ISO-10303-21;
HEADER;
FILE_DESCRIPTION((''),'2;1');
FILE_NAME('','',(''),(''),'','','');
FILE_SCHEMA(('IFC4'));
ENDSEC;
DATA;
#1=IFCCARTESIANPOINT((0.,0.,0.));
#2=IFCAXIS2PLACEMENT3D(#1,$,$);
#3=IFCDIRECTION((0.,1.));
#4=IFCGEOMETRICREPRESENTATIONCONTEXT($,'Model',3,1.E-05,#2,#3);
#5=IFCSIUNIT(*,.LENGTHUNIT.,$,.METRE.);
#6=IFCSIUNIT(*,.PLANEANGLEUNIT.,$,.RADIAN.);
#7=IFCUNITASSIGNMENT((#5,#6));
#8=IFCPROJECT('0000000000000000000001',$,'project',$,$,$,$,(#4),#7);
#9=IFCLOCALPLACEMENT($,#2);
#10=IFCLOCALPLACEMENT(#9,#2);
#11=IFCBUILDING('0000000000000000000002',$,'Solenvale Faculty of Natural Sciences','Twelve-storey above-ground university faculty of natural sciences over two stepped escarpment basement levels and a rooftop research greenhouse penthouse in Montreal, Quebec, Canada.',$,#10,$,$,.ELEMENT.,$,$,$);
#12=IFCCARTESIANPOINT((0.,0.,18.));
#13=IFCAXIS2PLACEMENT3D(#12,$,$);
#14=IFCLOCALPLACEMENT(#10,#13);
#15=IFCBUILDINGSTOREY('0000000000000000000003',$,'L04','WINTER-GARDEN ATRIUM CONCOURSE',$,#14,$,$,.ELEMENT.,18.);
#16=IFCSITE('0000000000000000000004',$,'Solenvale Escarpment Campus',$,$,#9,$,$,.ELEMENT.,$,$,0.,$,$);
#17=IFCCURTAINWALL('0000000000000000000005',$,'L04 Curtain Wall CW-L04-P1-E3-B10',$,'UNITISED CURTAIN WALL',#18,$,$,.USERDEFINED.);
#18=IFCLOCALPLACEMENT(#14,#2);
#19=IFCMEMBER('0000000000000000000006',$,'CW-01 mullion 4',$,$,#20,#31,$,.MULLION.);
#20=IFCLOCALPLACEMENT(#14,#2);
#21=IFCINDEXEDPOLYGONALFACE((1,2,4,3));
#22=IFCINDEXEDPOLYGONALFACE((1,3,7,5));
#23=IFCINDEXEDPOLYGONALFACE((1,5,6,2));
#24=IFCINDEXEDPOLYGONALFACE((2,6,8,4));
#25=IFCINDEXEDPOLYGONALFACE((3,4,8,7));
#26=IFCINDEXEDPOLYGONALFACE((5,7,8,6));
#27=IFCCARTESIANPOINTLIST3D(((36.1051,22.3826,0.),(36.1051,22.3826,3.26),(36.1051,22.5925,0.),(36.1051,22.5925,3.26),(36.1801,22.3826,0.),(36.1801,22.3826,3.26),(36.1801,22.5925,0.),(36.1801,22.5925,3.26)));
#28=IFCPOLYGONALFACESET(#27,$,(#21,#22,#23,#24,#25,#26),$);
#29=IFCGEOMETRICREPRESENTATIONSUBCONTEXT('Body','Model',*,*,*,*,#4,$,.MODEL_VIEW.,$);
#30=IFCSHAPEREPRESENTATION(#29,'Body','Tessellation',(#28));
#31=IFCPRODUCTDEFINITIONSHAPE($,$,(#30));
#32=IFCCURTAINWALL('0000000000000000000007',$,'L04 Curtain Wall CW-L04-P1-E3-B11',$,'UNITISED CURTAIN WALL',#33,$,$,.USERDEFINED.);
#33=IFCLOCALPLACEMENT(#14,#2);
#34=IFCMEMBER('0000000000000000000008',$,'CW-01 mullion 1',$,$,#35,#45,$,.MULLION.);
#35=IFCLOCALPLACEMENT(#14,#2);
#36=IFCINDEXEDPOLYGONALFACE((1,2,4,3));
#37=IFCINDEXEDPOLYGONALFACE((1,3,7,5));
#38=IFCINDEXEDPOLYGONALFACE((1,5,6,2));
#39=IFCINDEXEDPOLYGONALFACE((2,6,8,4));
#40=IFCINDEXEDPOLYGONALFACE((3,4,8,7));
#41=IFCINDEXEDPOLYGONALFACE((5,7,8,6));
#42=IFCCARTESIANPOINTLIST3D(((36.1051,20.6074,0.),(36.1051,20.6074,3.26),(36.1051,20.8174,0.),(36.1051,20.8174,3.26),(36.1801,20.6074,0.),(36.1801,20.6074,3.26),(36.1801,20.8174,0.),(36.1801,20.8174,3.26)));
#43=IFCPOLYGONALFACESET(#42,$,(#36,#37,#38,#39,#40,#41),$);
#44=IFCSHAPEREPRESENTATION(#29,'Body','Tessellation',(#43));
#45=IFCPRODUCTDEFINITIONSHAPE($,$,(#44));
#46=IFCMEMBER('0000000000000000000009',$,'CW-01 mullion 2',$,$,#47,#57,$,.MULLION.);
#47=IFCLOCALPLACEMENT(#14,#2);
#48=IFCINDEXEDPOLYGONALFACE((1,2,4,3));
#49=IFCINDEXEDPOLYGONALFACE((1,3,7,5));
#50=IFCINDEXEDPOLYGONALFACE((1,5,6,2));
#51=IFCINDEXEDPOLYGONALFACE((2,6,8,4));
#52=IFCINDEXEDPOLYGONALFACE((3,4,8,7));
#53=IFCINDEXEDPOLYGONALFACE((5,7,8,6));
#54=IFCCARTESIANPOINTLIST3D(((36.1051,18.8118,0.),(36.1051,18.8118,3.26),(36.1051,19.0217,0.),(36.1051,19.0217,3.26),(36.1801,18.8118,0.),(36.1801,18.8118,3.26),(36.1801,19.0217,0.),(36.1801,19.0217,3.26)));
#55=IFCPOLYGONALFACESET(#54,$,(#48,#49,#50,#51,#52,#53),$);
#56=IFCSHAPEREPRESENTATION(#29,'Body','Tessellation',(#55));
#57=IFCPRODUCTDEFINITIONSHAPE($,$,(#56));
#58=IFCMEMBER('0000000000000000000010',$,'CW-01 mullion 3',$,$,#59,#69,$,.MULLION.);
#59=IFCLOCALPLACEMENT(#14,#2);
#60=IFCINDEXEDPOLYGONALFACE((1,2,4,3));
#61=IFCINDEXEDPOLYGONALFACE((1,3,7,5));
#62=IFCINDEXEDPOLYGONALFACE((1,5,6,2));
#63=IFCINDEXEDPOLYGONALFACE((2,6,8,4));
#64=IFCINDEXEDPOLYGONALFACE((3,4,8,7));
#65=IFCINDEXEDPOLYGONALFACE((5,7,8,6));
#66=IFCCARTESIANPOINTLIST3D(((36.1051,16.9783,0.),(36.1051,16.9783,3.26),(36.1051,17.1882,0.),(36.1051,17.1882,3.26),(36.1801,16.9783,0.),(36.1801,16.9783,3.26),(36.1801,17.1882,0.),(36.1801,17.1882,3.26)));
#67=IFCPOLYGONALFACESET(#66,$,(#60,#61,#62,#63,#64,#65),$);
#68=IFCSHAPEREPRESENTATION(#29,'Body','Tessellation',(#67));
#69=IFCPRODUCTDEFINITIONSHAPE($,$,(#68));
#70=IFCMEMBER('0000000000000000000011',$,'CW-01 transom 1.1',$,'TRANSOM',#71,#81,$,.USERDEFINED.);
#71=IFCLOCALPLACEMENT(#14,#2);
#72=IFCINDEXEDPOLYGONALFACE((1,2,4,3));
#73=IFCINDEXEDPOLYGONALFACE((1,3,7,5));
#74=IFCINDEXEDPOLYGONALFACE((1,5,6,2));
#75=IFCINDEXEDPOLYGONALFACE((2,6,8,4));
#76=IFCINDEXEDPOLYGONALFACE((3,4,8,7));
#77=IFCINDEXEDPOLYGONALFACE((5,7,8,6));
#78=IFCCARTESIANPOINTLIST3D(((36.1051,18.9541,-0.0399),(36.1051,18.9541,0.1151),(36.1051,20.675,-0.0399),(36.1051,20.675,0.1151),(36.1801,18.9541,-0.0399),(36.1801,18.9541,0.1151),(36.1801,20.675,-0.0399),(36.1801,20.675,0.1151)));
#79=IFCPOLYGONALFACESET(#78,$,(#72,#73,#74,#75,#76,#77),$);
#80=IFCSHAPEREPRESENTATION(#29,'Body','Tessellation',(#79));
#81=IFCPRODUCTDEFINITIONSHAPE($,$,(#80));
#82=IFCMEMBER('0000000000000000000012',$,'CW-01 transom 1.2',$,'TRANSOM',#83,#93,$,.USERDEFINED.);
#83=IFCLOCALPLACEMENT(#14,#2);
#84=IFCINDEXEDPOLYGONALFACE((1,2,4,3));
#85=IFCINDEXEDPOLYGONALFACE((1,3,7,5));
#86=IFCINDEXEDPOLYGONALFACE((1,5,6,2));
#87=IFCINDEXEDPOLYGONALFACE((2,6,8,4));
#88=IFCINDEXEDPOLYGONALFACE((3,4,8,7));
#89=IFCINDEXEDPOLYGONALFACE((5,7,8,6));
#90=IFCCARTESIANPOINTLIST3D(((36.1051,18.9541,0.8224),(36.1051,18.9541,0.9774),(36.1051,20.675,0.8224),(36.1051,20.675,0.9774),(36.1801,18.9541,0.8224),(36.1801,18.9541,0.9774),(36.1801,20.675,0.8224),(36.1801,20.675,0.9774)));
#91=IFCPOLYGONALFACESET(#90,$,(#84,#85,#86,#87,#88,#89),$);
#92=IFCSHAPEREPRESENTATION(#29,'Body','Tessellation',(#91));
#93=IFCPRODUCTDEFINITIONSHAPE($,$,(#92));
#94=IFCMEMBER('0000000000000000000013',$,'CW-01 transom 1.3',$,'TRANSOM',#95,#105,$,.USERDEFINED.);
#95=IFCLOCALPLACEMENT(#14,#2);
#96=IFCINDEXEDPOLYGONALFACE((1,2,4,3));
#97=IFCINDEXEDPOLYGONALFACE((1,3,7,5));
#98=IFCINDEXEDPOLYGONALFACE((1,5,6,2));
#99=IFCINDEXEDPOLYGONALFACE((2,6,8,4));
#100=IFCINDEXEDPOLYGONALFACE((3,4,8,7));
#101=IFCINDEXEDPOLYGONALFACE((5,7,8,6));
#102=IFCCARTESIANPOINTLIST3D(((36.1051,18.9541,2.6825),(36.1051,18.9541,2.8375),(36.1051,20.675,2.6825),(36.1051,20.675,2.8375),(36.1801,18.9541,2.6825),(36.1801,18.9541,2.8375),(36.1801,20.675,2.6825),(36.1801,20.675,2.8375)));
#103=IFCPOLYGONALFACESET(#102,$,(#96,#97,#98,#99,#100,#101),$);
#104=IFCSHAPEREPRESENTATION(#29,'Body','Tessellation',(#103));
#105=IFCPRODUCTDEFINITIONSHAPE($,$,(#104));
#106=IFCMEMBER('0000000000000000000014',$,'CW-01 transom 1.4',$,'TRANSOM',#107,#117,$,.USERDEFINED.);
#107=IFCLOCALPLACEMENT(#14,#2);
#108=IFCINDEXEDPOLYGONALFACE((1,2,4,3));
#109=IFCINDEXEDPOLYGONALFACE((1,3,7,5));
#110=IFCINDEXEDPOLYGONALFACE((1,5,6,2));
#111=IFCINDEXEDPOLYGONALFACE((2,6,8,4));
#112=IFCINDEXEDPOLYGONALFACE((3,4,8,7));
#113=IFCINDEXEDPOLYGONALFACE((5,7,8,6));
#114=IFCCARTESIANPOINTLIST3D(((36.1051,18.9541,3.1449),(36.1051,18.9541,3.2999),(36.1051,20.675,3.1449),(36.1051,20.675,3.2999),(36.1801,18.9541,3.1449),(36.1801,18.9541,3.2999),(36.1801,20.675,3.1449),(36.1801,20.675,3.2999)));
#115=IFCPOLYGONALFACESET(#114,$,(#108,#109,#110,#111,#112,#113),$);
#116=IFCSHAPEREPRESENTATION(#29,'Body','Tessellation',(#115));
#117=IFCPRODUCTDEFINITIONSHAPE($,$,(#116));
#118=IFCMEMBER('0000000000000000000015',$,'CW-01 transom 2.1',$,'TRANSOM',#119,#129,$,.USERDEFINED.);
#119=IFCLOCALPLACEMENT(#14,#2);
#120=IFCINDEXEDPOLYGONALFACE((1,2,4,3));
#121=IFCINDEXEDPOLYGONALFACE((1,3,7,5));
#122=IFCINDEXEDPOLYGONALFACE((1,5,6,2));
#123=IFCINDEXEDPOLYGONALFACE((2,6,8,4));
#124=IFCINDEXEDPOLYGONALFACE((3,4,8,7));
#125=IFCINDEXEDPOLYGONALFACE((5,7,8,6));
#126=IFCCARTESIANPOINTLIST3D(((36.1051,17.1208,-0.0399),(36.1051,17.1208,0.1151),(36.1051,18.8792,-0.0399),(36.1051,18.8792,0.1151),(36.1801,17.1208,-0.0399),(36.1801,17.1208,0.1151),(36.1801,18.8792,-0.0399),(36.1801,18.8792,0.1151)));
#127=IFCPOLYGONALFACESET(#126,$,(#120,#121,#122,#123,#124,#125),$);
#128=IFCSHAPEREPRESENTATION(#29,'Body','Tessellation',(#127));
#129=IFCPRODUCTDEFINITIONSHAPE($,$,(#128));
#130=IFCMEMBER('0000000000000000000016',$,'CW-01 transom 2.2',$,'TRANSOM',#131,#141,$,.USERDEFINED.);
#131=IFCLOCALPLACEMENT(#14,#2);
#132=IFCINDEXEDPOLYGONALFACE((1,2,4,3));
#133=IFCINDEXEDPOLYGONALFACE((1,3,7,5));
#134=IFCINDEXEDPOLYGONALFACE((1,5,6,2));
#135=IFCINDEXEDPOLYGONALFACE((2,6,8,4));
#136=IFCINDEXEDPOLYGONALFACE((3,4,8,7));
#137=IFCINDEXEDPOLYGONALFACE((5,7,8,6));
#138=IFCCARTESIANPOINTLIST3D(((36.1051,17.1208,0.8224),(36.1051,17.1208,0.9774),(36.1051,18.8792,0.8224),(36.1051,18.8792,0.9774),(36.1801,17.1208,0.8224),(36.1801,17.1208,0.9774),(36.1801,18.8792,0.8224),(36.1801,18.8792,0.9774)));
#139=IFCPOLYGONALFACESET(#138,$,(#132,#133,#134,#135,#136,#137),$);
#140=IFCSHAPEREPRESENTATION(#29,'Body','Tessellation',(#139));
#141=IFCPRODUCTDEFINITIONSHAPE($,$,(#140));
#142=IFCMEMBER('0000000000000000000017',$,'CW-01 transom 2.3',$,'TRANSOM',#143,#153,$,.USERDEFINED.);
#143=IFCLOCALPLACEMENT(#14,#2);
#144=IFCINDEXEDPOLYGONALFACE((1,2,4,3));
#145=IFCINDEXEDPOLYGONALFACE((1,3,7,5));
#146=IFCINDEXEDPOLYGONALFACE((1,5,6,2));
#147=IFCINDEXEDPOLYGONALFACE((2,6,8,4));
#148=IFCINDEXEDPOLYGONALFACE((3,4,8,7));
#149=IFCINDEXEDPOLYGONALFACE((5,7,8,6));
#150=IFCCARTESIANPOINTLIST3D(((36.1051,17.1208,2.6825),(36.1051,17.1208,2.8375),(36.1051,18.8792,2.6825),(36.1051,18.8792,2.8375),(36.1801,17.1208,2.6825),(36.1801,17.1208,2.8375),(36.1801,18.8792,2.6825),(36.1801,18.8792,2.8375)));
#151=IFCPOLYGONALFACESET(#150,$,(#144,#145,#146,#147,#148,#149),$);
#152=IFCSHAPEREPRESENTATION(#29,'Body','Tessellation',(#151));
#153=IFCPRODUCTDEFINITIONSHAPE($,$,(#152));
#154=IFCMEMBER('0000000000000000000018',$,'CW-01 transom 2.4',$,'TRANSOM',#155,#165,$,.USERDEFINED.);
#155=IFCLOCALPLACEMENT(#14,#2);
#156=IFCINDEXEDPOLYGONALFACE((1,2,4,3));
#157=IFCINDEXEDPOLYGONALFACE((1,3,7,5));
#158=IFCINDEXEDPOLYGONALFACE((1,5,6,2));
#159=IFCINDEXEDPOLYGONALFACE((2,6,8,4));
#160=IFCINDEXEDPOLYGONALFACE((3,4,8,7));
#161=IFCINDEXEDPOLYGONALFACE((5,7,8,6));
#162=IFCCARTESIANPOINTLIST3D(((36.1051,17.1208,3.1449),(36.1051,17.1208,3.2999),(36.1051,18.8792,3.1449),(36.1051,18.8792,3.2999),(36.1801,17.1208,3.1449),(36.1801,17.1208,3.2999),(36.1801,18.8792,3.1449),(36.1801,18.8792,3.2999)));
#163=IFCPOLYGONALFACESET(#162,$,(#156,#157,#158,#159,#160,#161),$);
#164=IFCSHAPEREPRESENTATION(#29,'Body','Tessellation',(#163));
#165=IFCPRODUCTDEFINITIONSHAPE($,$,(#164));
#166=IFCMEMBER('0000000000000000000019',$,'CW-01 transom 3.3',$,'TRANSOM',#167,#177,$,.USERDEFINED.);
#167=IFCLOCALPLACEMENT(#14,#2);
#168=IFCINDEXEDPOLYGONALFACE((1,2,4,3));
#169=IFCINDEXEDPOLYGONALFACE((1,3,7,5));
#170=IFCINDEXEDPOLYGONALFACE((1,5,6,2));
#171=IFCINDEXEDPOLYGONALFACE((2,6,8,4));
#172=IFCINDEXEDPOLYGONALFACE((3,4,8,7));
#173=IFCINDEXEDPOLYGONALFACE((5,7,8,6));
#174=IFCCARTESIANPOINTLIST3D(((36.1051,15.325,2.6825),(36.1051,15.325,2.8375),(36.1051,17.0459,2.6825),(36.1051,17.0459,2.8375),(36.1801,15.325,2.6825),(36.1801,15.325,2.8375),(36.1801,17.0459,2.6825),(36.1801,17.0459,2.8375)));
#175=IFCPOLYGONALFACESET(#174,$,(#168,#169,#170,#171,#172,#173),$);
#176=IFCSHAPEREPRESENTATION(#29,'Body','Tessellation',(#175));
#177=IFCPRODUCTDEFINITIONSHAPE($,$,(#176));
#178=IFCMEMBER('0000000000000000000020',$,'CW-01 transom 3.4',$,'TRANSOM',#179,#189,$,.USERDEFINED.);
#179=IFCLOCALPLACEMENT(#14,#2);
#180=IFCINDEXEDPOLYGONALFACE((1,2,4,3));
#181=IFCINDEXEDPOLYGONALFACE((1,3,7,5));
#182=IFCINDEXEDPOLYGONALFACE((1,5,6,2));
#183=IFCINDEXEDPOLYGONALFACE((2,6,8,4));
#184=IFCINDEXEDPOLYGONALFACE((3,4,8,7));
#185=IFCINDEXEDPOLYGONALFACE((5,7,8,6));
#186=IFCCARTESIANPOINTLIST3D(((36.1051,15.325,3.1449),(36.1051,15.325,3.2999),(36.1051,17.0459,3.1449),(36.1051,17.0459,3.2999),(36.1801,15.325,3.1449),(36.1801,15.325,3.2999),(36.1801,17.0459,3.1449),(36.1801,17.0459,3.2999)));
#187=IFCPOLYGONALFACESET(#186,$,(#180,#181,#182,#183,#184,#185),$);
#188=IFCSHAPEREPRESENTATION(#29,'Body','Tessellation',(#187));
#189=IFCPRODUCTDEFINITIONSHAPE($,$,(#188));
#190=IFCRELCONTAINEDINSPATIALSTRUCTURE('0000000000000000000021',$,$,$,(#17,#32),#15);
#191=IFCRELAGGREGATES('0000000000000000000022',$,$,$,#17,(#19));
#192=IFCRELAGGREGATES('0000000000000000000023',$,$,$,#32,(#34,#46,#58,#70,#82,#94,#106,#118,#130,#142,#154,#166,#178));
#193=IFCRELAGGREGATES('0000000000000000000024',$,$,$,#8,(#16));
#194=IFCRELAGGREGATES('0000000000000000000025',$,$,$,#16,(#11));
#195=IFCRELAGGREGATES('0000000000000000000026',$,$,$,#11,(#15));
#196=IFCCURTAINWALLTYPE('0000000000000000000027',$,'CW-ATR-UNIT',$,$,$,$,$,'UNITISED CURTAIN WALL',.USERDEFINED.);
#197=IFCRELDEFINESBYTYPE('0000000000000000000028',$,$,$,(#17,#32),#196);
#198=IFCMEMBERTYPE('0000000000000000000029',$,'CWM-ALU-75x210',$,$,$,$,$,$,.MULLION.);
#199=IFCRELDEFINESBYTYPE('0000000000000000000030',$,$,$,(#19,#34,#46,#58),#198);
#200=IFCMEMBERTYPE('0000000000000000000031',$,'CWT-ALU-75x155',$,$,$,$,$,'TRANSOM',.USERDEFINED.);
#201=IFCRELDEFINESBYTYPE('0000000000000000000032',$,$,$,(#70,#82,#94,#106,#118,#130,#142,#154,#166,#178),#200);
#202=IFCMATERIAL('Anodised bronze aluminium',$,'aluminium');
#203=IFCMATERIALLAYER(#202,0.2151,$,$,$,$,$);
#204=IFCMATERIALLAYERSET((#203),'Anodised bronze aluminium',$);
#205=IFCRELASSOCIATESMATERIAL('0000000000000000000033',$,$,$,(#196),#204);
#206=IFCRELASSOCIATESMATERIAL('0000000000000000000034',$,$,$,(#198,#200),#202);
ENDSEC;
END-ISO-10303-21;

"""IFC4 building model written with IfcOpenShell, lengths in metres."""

from ifc_helpers import new_model, si_unit, direction, frame, origin, origin_2d, place, context, subcontext, project, spatial, rectangle, extrude, material, layer, layer_set, material_profile, profile_set, type_object, element, aggregate, save


model = new_model("IFC4")

# Units and contexts
model_context = context("Model", 3, precision=1e-05, world=origin(), true_north=direction((0.0, 1.0)))
body_context = subcontext(model_context, "Body", "Model", "MODEL_VIEW")
ifc_project = project(units=[si_unit("LENGTHUNIT", "METRE"), si_unit("PLANEANGLEUNIT", "RADIAN")], contexts=[model_context])

# Site, building, storey
site_placement = place(None, origin())
site = spatial("IfcSite", under=ifc_project, at=site_placement, Name="Solenvale Escarpment Campus", CompositionType="ELEMENT", RefElevation=0.0)
building_placement = place(site_placement, origin())
building = spatial("IfcBuilding", under=site, at=building_placement, Name="Solenvale Faculty of Natural Sciences", Description="Twelve-storey above-ground university faculty of natural sciences over two stepped escarpment basement levels and a rooftop research greenhouse penthouse in Montreal, Quebec, Canada.", CompositionType="ELEMENT")
storey_placement = place(building_placement, frame((0.0, 0.0, 18.0)))
storey = spatial("IfcBuildingStorey", under=building, at=storey_placement, Name="L04", Description="WINTER-GARDEN ATRIUM CONCOURSE", CompositionType="ELEMENT", Elevation=18.0)

# Curtain wall, member
ifc_material_1 = material(Name="Anodised bronze aluminium", Category="aluminium")
ifc_layer_1 = layer(ifc_material_1, 0.2151)
ifc_layer_set_1 = layer_set([ifc_layer_1], Name="Anodised bronze aluminium")
curtain_wall_type = type_object("IfcCurtainWallType", Name="CW-ATR-UNIT", ElementType="UNITISED CURTAIN WALL", PredefinedType="USERDEFINED", material=ifc_layer_set_1)
curtain_wall_1_placement = place(storey_placement, origin())
curtain_wall_1 = element("IfcCurtainWall", 1, at=curtain_wall_1_placement, inside=storey, type_object=curtain_wall_type, Name="L04 Curtain Wall CW-L04-P1-E3-B10", ObjectType="UNITISED CURTAIN WALL", PredefinedType="USERDEFINED")
ifc_material_profile_1 = material_profile(ifc_material_1, rectangle(XDim=0.075, YDim=0.21, at=origin_2d()), Name="ALU-MUL-75x210")
ifc_profile_set_1 = profile_set([ifc_material_profile_1], Name="Anodised bronze aluminium")
member_type_1 = type_object("IfcMemberType", Name="CWM-ALU-75x210", PredefinedType="MULLION", material=ifc_profile_set_1)
member_1_placement = place(storey_placement, frame((36.1426, 22.4875, 0.0), z_axis=(0.0, 0.0, 1.0), x_axis=(1.0, 0.0, 0.0)))
member_1 = element("IfcMember", 2, at=member_1_placement, type_object=member_type_1, Name="CW-01 mullion 4", PredefinedType="MULLION", context=body_context, shape_type="SweptSolid", body=[
    extrude(rectangle(XDim=0.075, YDim=0.21, at=origin_2d()), origin(), (0.0, 0.0, 1.0), 3.26),
])

# Curtain wall, members
curtain_wall_2_placement = place(storey_placement, origin())
curtain_wall_2 = element("IfcCurtainWall", 3, at=curtain_wall_2_placement, inside=storey, type_object=curtain_wall_type, Name="L04 Curtain Wall CW-L04-P1-E3-B11", ObjectType="UNITISED CURTAIN WALL", PredefinedType="USERDEFINED")
member_2_placement = place(storey_placement, frame((36.1426, 20.7124, 0.0), z_axis=(0.0, 0.0, 1.0), x_axis=(1.0, 0.0, 0.0)))
member_2 = element("IfcMember", 4, at=member_2_placement, type_object=member_type_1, Name="CW-01 mullion 1", PredefinedType="MULLION", context=body_context, shape_type="SweptSolid", body=[
    extrude(rectangle(XDim=0.075, YDim=0.21, at=origin_2d()), origin(), (0.0, 0.0, 1.0), 3.26),
])
member_3_placement = place(storey_placement, frame((36.1426, 18.9167, 0.0), z_axis=(0.0, 0.0, 1.0), x_axis=(1.0, 0.0, 0.0)))
member_3 = element("IfcMember", 5, at=member_3_placement, type_object=member_type_1, Name="CW-01 mullion 2", PredefinedType="MULLION", context=body_context, shape_type="SweptSolid", body=[
    extrude(rectangle(XDim=0.075, YDim=0.21, at=origin_2d()), origin(), (0.0, 0.0, 1.0), 3.26),
])
member_4_placement = place(storey_placement, frame((36.1426, 17.0833, 0.0), z_axis=(0.0, 0.0, 1.0), x_axis=(1.0, 0.0, 0.0)))
member_4 = element("IfcMember", 6, at=member_4_placement, type_object=member_type_1, Name="CW-01 mullion 3", PredefinedType="MULLION", context=body_context, shape_type="SweptSolid", body=[
    extrude(rectangle(XDim=0.075, YDim=0.21, at=origin_2d()), origin(), (0.0, 0.0, 1.0), 3.26),
])
ifc_material_profile_2 = material_profile(ifc_material_1, rectangle(XDim=0.075, YDim=0.155, at=origin_2d()), Name="ALU-TRN-75x155")
ifc_profile_set_2 = profile_set([ifc_material_profile_2], Name="Anodised bronze aluminium")
member_type_2 = type_object("IfcMemberType", Name="CWT-ALU-75x155", ElementType="TRANSOM", PredefinedType="USERDEFINED", material=ifc_profile_set_2)
member_5_placement = place(storey_placement, frame((36.1426, 20.675, 0.0376), z_axis=(0.0, -1.0, 0.0), x_axis=(1.0, 0.0, 0.0)))
member_5 = element("IfcMember", 7, at=member_5_placement, type_object=member_type_2, Name="CW-01 transom 1.1", ObjectType="TRANSOM", PredefinedType="USERDEFINED", context=body_context, shape_type="SweptSolid", body=[
    extrude(rectangle(XDim=0.075, YDim=0.155, at=origin_2d()), origin(), (0.0, 0.0, 1.0), 1.7209),
])
member_6_placement = place(storey_placement, frame((36.1426, 20.675, 0.8999), z_axis=(0.0, -1.0, 0.0), x_axis=(1.0, 0.0, 0.0)))
member_6 = element("IfcMember", 8, at=member_6_placement, type_object=member_type_2, Name="CW-01 transom 1.2", ObjectType="TRANSOM", PredefinedType="USERDEFINED", context=body_context, shape_type="SweptSolid", body=[
    extrude(rectangle(XDim=0.075, YDim=0.155, at=origin_2d()), origin(), (0.0, 0.0, 1.0), 1.7209),
])
member_7_placement = place(storey_placement, frame((36.1426, 20.675, 2.76), z_axis=(0.0, -1.0, 0.0), x_axis=(1.0, 0.0, 0.0)))
member_7 = element("IfcMember", 9, at=member_7_placement, type_object=member_type_2, Name="CW-01 transom 1.3", ObjectType="TRANSOM", PredefinedType="USERDEFINED", context=body_context, shape_type="SweptSolid", body=[
    extrude(rectangle(XDim=0.075, YDim=0.155, at=origin_2d()), origin(), (0.0, 0.0, 1.0), 1.7209),
])
member_8_placement = place(storey_placement, frame((36.1426, 20.675, 3.2224), z_axis=(0.0, -1.0, 0.0), x_axis=(1.0, 0.0, 0.0)))
member_8 = element("IfcMember", 10, at=member_8_placement, type_object=member_type_2, Name="CW-01 transom 1.4", ObjectType="TRANSOM", PredefinedType="USERDEFINED", context=body_context, shape_type="SweptSolid", body=[
    extrude(rectangle(XDim=0.075, YDim=0.155, at=origin_2d()), origin(), (0.0, 0.0, 1.0), 1.7209),
])
member_9_placement = place(storey_placement, frame((36.1426, 18.8792, 0.0376), z_axis=(0.0, -1.0, 0.0), x_axis=(1.0, 0.0, 0.0)))
member_9 = element("IfcMember", 11, at=member_9_placement, type_object=member_type_2, Name="CW-01 transom 2.1", ObjectType="TRANSOM", PredefinedType="USERDEFINED", context=body_context, shape_type="SweptSolid", body=[
    extrude(rectangle(XDim=0.075, YDim=0.155, at=origin_2d()), origin(), (0.0, 0.0, 1.0), 1.7583),
])
member_10_placement = place(storey_placement, frame((36.1426, 18.8792, 0.8999), z_axis=(0.0, -1.0, 0.0), x_axis=(1.0, 0.0, 0.0)))
member_10 = element("IfcMember", 12, at=member_10_placement, type_object=member_type_2, Name="CW-01 transom 2.2", ObjectType="TRANSOM", PredefinedType="USERDEFINED", context=body_context, shape_type="SweptSolid", body=[
    extrude(rectangle(XDim=0.075, YDim=0.155, at=origin_2d()), origin(), (0.0, 0.0, 1.0), 1.7583),
])
member_11_placement = place(storey_placement, frame((36.1426, 18.8792, 2.76), z_axis=(0.0, -1.0, 0.0), x_axis=(1.0, 0.0, 0.0)))
member_11 = element("IfcMember", 13, at=member_11_placement, type_object=member_type_2, Name="CW-01 transom 2.3", ObjectType="TRANSOM", PredefinedType="USERDEFINED", context=body_context, shape_type="SweptSolid", body=[
    extrude(rectangle(XDim=0.075, YDim=0.155, at=origin_2d()), origin(), (0.0, 0.0, 1.0), 1.7583),
])
member_12_placement = place(storey_placement, frame((36.1426, 18.8792, 3.2224), z_axis=(0.0, -1.0, 0.0), x_axis=(1.0, 0.0, 0.0)))
member_12 = element("IfcMember", 14, at=member_12_placement, type_object=member_type_2, Name="CW-01 transom 2.4", ObjectType="TRANSOM", PredefinedType="USERDEFINED", context=body_context, shape_type="SweptSolid", body=[
    extrude(rectangle(XDim=0.075, YDim=0.155, at=origin_2d()), origin(), (0.0, 0.0, 1.0), 1.7583),
])
member_13_placement = place(storey_placement, frame((36.1426, 17.0459, 2.76), z_axis=(0.0, -1.0, 0.0), x_axis=(1.0, 0.0, 0.0)))
member_13 = element("IfcMember", 15, at=member_13_placement, type_object=member_type_2, Name="CW-01 transom 3.3", ObjectType="TRANSOM", PredefinedType="USERDEFINED", context=body_context, shape_type="SweptSolid", body=[
    extrude(rectangle(XDim=0.075, YDim=0.155, at=origin_2d()), origin(), (0.0, 0.0, 1.0), 1.7209),
])
member_14_placement = place(storey_placement, frame((36.1426, 17.0459, 3.2224), z_axis=(0.0, -1.0, 0.0), x_axis=(1.0, 0.0, 0.0)))
member_14 = element("IfcMember", 16, at=member_14_placement, type_object=member_type_2, Name="CW-01 transom 3.4", ObjectType="TRANSOM", PredefinedType="USERDEFINED", context=body_context, shape_type="SweptSolid", body=[
    extrude(rectangle(XDim=0.075, YDim=0.155, at=origin_2d()), origin(), (0.0, 0.0, 1.0), 1.7209),
])

aggregate(curtain_wall_1, [member_1])
aggregate(curtain_wall_2, [member_2, member_3, member_4, member_5, member_6, member_7, member_8, member_9, member_10, member_11, member_12, member_13, member_14])

save(model, "model.ifc")
